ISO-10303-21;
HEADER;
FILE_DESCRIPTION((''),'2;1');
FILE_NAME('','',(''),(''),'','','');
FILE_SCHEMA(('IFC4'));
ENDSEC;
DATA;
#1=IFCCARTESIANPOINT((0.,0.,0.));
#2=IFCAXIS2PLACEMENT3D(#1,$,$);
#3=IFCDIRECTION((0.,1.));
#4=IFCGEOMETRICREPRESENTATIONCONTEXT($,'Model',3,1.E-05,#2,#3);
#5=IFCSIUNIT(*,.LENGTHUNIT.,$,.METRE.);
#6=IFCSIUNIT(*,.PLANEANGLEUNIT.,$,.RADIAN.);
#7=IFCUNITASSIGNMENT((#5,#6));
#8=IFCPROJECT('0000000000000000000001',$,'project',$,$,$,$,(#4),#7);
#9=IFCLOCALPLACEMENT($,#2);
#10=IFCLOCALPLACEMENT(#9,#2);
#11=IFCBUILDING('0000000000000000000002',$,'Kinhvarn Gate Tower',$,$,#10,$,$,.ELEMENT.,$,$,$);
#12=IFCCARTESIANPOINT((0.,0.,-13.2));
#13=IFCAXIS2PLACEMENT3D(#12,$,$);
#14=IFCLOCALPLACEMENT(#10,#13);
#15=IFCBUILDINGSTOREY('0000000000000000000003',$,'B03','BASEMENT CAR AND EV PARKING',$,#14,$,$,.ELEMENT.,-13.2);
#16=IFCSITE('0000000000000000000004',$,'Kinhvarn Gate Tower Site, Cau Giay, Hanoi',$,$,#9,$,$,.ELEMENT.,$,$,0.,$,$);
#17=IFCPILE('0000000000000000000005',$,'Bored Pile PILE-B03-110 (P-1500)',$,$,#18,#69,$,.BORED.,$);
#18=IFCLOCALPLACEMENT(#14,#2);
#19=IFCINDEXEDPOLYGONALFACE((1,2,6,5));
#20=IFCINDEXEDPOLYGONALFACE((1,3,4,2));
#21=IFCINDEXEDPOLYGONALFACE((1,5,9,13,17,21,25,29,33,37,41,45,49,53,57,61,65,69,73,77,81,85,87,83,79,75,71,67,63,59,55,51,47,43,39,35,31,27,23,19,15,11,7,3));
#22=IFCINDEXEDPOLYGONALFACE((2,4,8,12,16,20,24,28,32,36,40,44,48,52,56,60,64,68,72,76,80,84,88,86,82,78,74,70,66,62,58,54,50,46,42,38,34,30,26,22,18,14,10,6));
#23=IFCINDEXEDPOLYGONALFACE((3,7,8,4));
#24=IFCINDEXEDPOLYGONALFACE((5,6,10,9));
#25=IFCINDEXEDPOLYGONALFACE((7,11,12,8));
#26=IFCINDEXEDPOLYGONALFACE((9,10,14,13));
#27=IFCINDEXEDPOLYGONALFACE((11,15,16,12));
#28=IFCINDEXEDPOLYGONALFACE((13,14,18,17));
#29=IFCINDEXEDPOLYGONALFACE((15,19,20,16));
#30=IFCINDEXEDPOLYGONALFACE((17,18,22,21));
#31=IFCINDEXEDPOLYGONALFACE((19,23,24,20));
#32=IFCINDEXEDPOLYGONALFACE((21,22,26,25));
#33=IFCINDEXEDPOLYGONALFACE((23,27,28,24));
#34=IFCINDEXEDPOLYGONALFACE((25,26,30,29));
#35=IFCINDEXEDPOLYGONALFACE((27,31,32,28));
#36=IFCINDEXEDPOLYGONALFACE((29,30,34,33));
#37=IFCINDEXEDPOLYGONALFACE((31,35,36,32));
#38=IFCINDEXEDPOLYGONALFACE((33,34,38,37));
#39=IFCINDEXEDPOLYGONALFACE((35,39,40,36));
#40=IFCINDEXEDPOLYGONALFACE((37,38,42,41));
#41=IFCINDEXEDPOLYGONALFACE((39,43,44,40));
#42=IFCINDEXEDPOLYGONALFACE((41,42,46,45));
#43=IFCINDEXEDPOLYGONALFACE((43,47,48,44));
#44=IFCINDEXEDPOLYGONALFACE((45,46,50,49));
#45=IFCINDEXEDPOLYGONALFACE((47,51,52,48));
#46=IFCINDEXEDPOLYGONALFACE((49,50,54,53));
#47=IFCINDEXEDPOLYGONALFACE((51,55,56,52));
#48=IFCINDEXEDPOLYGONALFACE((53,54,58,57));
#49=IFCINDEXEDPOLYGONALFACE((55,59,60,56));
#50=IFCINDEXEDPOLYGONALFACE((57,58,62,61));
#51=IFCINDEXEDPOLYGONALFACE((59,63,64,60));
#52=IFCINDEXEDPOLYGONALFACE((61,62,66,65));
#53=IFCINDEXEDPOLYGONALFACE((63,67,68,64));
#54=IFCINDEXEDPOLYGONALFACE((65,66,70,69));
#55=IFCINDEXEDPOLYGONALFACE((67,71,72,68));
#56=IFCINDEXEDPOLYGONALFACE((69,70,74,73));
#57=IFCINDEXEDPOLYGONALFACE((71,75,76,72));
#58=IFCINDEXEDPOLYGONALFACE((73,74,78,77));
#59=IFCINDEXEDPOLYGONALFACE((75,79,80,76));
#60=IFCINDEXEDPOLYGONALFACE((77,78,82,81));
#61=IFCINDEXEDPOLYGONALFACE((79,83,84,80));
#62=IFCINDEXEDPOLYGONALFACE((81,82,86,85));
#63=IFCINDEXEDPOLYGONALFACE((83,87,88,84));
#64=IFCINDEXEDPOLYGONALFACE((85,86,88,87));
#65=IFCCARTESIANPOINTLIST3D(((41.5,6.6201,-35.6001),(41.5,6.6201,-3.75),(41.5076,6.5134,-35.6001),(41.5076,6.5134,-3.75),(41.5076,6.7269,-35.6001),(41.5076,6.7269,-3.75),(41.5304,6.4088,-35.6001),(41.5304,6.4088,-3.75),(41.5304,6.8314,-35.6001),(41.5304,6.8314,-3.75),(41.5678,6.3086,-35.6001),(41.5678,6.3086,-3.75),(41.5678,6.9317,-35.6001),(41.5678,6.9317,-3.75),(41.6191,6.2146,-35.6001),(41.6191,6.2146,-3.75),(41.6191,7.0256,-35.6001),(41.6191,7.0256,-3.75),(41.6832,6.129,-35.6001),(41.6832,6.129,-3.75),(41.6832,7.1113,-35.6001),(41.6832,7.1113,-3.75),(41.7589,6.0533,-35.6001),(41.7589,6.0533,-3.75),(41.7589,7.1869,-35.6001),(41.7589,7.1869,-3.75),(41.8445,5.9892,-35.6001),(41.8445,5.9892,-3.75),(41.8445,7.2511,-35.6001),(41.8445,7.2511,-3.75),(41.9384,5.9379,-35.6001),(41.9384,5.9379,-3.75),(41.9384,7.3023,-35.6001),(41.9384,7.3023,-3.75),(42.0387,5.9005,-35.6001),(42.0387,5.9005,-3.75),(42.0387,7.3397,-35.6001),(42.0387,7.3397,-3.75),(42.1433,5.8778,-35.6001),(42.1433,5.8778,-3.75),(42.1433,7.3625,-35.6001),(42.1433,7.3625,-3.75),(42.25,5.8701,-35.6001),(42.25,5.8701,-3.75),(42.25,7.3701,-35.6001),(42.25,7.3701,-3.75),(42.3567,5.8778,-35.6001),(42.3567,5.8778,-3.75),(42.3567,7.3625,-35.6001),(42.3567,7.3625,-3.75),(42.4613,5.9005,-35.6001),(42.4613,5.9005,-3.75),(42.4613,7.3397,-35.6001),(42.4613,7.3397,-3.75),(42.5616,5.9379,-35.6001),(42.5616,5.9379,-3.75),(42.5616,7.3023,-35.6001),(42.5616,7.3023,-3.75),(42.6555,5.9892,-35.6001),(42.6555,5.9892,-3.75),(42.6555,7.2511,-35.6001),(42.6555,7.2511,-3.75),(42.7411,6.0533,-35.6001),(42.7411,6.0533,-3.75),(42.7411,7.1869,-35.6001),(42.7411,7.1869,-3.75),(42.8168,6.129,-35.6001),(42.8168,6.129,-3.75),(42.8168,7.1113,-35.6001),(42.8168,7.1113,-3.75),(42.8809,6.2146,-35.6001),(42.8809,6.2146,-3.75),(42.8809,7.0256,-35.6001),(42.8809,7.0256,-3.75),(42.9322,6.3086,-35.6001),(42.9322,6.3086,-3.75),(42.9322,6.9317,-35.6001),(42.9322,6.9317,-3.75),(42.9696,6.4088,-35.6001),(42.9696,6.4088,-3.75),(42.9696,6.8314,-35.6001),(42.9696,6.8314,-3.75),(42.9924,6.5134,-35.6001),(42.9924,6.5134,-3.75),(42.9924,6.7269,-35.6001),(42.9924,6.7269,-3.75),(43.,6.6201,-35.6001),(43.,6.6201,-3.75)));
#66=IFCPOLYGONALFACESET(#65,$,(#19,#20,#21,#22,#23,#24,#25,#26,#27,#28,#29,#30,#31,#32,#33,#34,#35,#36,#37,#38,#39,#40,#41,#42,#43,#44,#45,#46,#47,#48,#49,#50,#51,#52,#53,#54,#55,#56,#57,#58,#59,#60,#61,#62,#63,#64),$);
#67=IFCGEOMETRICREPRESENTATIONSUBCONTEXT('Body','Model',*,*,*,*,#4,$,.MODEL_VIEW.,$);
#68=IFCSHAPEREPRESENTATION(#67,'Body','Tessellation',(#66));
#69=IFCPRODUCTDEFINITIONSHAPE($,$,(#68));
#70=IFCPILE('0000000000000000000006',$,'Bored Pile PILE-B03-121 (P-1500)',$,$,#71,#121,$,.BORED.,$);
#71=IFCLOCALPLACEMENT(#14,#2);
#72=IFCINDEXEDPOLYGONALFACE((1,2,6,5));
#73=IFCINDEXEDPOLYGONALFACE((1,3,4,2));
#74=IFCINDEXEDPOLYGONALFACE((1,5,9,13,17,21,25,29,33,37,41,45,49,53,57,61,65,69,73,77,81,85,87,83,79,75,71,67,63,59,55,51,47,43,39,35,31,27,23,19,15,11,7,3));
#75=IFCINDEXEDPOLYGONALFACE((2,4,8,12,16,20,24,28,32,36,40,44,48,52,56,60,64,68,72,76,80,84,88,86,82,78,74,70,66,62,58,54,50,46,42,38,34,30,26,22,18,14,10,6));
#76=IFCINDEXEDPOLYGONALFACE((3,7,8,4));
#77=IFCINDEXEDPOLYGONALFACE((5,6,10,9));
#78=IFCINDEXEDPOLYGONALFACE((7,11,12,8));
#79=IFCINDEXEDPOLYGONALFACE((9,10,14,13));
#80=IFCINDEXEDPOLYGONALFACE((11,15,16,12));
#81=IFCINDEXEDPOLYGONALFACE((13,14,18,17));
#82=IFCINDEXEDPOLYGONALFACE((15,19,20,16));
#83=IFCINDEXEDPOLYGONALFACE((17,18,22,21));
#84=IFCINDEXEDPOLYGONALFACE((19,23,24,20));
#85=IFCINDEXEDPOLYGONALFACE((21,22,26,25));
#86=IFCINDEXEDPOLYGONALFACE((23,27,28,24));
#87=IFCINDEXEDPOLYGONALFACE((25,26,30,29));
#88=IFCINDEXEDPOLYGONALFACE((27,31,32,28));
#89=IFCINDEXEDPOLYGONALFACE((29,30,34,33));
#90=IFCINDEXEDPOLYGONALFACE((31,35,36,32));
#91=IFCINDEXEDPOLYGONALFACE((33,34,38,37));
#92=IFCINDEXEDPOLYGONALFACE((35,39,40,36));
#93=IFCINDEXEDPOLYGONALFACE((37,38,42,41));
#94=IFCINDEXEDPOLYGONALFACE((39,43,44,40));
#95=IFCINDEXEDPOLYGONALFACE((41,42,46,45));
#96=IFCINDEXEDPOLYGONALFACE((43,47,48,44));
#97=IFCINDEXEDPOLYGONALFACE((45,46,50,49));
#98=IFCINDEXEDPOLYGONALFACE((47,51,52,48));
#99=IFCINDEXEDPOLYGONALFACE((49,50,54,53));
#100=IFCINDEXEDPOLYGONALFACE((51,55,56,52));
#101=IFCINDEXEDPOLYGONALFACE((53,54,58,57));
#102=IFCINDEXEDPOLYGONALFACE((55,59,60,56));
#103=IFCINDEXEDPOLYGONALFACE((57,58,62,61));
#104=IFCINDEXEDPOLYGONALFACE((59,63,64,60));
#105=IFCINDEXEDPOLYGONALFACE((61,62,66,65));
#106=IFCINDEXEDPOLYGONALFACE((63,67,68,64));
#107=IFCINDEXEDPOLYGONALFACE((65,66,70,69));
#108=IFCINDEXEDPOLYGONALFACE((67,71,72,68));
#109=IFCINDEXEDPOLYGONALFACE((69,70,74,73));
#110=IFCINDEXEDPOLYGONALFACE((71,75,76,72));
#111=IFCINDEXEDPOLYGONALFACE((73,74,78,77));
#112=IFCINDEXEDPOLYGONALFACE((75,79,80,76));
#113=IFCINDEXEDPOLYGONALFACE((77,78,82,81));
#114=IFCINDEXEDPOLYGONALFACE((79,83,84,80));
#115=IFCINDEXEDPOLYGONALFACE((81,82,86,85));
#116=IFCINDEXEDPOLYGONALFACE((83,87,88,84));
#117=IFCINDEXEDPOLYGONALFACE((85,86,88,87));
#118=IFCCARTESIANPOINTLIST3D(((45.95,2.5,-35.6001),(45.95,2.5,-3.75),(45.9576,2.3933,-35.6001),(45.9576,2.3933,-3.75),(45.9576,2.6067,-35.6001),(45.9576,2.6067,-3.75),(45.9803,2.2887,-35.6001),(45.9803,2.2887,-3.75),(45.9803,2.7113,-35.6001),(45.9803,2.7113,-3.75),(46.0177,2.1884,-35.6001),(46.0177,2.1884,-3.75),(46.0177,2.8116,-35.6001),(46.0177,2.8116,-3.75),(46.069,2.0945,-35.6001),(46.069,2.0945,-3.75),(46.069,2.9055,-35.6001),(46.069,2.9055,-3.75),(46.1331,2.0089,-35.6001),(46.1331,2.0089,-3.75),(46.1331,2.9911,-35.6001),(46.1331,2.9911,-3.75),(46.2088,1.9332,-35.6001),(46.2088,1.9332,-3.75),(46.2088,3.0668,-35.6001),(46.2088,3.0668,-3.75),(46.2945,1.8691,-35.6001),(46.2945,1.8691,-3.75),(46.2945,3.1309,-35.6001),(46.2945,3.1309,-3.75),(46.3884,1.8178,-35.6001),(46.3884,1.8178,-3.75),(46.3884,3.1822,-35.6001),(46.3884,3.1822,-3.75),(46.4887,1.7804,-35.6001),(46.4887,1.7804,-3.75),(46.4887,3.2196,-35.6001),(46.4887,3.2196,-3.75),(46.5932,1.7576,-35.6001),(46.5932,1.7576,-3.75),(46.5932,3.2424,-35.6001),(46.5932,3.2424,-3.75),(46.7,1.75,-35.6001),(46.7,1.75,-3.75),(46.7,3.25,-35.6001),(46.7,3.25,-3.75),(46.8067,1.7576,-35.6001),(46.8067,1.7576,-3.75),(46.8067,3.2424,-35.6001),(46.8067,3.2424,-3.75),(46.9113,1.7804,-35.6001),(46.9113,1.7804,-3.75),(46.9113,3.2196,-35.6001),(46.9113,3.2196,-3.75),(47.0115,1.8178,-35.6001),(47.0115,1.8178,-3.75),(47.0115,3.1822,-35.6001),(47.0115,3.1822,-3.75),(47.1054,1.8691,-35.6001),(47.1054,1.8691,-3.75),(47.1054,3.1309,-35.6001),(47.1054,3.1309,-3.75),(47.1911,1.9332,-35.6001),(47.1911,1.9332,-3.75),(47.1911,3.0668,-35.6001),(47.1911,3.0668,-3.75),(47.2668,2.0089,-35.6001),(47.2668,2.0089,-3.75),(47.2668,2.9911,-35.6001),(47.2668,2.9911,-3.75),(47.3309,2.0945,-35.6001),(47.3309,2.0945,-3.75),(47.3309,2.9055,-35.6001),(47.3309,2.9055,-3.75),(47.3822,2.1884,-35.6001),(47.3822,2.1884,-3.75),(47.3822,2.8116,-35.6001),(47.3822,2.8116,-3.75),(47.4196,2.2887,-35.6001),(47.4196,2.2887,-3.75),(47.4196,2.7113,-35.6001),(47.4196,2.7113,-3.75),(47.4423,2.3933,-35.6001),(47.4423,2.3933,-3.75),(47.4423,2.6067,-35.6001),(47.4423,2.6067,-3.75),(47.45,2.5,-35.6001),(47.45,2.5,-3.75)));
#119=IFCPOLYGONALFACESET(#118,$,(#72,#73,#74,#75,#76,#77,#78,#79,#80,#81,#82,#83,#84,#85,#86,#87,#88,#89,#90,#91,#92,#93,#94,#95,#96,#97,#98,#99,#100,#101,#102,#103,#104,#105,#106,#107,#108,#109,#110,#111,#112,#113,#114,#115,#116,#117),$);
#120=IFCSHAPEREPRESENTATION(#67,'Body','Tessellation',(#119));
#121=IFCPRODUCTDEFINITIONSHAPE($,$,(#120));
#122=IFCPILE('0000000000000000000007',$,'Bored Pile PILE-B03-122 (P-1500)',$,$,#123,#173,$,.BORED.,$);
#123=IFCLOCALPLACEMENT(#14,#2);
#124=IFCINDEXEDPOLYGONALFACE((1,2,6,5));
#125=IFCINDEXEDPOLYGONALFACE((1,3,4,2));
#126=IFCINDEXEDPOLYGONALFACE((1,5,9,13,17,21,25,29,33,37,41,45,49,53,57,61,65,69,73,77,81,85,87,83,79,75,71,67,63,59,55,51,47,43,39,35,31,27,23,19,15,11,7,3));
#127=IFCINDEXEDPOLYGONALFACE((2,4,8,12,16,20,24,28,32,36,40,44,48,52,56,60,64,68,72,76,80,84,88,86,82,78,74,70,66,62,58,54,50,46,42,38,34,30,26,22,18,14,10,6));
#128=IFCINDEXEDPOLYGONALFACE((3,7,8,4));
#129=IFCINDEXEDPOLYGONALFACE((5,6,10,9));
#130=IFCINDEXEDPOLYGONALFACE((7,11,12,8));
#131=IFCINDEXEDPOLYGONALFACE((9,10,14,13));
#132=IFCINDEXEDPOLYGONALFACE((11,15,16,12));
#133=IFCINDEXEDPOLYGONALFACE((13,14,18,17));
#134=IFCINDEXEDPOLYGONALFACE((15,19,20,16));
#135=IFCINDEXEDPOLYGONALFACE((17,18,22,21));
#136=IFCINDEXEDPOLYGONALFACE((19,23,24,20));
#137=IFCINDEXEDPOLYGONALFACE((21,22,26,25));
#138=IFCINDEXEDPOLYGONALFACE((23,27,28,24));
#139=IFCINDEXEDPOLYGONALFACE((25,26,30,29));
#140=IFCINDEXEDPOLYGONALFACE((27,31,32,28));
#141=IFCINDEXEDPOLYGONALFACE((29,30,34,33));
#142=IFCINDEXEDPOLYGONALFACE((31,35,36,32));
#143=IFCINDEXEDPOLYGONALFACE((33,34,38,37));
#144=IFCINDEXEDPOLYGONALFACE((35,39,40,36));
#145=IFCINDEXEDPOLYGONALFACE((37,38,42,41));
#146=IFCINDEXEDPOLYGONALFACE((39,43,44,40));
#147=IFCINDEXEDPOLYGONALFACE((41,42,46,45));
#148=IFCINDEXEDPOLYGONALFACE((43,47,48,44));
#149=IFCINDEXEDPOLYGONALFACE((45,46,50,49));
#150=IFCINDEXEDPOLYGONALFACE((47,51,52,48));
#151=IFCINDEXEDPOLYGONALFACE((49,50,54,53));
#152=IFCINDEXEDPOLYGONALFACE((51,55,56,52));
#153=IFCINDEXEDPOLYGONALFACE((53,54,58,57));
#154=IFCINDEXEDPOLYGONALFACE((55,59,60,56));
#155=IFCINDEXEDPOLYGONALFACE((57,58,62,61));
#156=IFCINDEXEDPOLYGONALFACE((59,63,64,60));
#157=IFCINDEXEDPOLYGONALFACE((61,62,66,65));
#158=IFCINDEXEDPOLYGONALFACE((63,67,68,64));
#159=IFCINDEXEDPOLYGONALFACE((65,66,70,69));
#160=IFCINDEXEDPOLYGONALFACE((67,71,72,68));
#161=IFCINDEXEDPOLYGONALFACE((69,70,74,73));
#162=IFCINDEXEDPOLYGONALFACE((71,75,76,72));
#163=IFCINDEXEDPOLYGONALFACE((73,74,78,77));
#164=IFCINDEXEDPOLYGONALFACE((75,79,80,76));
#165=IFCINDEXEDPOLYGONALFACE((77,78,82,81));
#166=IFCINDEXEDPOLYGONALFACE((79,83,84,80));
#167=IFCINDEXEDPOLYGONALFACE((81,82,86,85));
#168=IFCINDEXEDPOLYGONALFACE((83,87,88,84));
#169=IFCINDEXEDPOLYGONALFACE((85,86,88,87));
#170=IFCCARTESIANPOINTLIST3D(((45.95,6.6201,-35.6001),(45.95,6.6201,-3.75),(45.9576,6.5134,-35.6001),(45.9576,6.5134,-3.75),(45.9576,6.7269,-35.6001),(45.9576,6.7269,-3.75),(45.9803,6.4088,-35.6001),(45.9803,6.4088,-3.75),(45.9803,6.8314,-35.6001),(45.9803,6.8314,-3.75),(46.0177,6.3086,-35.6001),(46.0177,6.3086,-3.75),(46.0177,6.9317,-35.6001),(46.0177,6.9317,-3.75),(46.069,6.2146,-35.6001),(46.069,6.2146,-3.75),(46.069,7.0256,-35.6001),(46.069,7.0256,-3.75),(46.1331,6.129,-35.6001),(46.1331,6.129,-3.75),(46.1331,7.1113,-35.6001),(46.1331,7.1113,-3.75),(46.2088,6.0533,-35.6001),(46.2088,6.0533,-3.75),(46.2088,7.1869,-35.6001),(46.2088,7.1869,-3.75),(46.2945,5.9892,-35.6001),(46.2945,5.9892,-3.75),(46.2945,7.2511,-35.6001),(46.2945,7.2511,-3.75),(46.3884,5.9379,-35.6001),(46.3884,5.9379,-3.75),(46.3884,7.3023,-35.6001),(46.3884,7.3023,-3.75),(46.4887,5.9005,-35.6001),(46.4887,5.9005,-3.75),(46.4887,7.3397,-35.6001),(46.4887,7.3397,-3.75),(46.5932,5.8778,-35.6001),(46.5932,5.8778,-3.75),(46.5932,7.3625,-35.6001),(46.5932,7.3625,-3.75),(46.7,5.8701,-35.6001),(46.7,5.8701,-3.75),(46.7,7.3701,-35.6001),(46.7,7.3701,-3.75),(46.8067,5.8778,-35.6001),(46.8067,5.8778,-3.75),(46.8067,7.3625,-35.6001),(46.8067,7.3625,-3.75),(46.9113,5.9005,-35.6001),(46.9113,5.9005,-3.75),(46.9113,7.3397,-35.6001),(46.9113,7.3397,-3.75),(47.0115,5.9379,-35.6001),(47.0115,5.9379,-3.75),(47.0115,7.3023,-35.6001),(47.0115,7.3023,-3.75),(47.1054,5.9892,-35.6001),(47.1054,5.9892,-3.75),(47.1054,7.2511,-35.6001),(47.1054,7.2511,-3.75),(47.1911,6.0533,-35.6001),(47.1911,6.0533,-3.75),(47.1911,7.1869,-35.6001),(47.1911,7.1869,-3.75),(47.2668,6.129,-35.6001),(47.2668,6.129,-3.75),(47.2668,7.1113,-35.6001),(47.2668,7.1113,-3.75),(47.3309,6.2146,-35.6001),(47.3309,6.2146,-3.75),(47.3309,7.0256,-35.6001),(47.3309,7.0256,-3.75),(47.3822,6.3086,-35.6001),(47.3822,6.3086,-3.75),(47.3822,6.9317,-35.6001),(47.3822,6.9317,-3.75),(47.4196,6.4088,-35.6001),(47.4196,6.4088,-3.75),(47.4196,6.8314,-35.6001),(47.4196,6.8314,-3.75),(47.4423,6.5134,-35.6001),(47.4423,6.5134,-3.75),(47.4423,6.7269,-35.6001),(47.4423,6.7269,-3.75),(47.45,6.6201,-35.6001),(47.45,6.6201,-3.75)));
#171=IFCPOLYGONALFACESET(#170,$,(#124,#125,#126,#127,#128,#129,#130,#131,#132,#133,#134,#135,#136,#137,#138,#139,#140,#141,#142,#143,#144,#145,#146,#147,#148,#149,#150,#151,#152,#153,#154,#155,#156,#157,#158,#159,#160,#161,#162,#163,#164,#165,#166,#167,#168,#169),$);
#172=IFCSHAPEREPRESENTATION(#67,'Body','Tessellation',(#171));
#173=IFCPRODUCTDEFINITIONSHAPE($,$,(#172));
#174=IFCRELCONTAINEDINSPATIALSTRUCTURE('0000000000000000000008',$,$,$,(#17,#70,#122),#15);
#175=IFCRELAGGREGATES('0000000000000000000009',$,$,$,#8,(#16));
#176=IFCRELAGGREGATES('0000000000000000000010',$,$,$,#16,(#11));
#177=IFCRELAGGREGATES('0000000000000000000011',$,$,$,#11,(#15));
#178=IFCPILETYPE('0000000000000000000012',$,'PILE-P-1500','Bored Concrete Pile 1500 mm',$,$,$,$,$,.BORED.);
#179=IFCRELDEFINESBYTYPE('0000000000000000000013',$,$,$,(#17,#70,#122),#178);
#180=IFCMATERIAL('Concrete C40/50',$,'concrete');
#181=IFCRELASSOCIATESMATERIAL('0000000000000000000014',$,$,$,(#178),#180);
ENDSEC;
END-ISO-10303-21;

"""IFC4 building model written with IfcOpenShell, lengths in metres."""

from ifc_helpers import new_model, si_unit, direction, frame, origin, origin_2d, place, context, subcontext, project, spatial, circle, extrude, material, material_profile, profile_set, type_object, element, save


model = new_model("IFC4")

# Units and contexts
model_context = context("Model", 3, precision=1e-05, world=origin(), true_north=direction((0.0, 1.0)))
body_context = subcontext(model_context, "Body", "Model", "MODEL_VIEW")
ifc_project = project(units=[si_unit("LENGTHUNIT", "METRE"), si_unit("PLANEANGLEUNIT", "RADIAN")], contexts=[model_context])

# Site, building, storey
site_placement = place(None, origin())
site = spatial("IfcSite", under=ifc_project, at=site_placement, Name="Kinhvarn Gate Tower Site, Cau Giay, Hanoi", CompositionType="ELEMENT", RefElevation=0.0)
building_placement = place(site_placement, origin())
building = spatial("IfcBuilding", under=site, at=building_placement, Name="Kinhvarn Gate Tower", CompositionType="ELEMENT")
storey_placement = place(building_placement, frame((0.0, 0.0, -13.2)))
storey = spatial("IfcBuildingStorey", under=building, at=storey_placement, Name="B03", Description="BASEMENT CAR AND EV PARKING", CompositionType="ELEMENT", Elevation=-13.2)

# Piles
ifc_material = material(Name="Concrete C40/50", Category="concrete")
ifc_material_profile_1 = material_profile(ifc_material, circle(Radius=0.75, at=origin_2d()), Name="PILE D1500")
ifc_profile_set_1 = profile_set([ifc_material_profile_1], Name="Concrete C40/50")
pile_type_1 = type_object("IfcPileType", Name="PILE-P-1500", Description="Bored Concrete Pile 1500 mm", PredefinedType="BORED", material=ifc_profile_set_1)
for number, where, z_axis, x_axis, name in (
    (1, (42.25, 6.6201, -35.6001), (0.0, 0.0, 1.0), (1.0, 0.0, 0.0), "Bored Pile PILE-B03-110 (P-1500)"),
    (2, (46.7, 2.5, -35.6001), (0.0, 0.0, 1.0), (1.0, 0.0, 0.0), "Bored Pile PILE-B03-121 (P-1500)"),
    (3, (46.7, 6.6201, -35.6001), (0.0, 0.0, 1.0), (1.0, 0.0, 0.0), "Bored Pile PILE-B03-122 (P-1500)"),
):
    element("IfcPile", number, at=place(storey_placement, frame(where, z_axis=z_axis, x_axis=x_axis)), inside=storey, type_object=pile_type_1, Name=name, PredefinedType="BORED", context=body_context, shape_type="SweptSolid", body=[
        extrude(circle(Radius=0.75, at=origin_2d()), origin(), (0.0, 0.0, 1.0), 31.8501),
    ])

save(model, "model.ifc")
